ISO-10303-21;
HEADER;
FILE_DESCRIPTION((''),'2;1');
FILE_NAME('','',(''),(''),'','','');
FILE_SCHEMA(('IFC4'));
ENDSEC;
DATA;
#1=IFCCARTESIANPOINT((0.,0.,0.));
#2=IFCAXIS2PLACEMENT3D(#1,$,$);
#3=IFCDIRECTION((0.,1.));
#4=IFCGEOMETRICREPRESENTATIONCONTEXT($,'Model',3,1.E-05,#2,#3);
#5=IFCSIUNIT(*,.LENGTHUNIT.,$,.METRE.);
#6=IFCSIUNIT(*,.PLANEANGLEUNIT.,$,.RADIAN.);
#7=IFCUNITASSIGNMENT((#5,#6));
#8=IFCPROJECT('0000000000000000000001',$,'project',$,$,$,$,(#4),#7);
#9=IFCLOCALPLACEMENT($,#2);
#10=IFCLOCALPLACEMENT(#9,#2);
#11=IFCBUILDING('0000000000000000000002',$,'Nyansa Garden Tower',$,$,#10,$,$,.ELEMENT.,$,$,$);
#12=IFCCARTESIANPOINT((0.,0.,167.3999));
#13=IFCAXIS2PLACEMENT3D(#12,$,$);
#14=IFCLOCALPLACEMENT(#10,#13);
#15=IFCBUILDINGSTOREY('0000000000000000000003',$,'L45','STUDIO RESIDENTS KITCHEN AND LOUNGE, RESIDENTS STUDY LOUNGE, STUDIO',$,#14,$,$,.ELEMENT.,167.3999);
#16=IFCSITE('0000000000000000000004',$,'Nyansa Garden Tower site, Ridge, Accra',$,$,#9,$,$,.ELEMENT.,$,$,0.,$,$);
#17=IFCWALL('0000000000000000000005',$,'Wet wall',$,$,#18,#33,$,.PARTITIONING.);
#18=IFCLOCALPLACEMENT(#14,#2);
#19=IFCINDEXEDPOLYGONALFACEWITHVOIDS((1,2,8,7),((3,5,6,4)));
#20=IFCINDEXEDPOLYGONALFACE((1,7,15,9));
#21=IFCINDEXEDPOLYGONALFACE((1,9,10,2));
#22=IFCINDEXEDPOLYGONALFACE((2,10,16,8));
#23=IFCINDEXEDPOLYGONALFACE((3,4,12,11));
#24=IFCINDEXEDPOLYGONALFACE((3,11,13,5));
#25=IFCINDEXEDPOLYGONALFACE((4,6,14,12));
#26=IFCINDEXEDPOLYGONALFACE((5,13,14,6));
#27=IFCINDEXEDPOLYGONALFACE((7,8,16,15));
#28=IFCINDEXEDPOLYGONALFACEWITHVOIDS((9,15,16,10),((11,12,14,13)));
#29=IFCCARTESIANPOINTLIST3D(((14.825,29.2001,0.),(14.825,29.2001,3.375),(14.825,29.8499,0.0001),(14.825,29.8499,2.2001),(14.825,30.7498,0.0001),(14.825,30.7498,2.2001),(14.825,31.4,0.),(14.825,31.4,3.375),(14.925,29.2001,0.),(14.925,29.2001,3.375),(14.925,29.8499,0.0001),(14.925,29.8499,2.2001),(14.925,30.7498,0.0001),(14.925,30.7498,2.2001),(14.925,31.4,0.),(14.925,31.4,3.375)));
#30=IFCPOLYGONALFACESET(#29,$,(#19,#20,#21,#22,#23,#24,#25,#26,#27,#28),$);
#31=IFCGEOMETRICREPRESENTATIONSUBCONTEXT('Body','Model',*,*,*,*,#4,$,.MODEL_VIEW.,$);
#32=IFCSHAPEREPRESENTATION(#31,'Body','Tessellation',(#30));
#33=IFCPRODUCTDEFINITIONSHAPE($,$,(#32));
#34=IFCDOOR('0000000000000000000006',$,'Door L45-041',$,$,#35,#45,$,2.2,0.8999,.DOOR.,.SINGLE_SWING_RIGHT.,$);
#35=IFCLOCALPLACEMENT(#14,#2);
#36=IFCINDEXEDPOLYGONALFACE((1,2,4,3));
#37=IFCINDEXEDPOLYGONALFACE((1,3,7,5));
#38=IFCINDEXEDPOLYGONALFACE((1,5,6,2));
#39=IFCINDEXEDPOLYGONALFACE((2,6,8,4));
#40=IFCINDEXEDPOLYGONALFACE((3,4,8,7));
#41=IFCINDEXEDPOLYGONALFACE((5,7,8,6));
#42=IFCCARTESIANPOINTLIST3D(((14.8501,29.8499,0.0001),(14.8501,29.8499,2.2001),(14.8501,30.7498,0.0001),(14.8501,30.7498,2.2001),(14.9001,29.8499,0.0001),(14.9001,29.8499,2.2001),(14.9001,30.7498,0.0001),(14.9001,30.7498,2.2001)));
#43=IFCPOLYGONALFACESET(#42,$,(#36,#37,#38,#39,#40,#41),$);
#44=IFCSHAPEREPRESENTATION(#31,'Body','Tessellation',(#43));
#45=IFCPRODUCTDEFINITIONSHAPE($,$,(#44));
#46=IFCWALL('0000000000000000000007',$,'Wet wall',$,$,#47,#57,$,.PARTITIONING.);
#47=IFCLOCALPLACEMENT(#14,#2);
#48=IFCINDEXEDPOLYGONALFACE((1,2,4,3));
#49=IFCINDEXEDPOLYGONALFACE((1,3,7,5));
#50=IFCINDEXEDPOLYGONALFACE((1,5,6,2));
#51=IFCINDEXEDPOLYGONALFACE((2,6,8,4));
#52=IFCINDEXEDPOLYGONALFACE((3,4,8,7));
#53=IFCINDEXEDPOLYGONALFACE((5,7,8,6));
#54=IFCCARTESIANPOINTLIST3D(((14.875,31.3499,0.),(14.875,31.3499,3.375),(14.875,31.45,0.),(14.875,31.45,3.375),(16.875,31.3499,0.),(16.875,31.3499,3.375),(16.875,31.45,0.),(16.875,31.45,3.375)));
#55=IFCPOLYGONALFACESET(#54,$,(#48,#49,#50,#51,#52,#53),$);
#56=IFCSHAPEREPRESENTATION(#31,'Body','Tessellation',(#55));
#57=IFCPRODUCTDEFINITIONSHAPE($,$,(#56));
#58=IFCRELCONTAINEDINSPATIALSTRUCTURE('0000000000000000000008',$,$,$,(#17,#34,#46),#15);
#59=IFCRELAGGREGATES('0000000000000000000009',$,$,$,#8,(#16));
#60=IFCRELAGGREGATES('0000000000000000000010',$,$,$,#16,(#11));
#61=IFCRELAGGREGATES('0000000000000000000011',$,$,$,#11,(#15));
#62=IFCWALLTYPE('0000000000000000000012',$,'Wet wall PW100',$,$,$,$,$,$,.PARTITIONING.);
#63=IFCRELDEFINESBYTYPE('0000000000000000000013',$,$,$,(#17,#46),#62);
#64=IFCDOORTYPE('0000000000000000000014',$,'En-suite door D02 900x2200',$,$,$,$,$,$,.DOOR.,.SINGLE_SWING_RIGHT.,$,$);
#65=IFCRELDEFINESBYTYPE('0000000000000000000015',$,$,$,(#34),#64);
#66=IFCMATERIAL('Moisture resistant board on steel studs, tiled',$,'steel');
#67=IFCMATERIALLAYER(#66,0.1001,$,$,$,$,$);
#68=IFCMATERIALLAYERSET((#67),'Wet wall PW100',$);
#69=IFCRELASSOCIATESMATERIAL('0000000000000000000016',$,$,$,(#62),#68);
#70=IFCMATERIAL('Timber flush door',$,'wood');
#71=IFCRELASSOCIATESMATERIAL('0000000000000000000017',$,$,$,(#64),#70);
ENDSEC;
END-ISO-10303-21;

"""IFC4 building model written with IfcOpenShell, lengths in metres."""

from ifc_helpers import new_model, si_unit, direction, frame, frame_2d, origin, place, context, subcontext, project, spatial, rectangle, extrude, material, layer, layer_set, type_object, element, fill, save


model = new_model("IFC4")

# Units and contexts
model_context = context("Model", 3, precision=1e-05, world=origin(), true_north=direction((0.0, 1.0)))
body_context = subcontext(model_context, "Body", "Model", "MODEL_VIEW")
ifc_project = project(units=[si_unit("LENGTHUNIT", "METRE"), si_unit("PLANEANGLEUNIT", "RADIAN")], contexts=[model_context])

# Site, building, storey
site_placement = place(None, origin())
site = spatial("IfcSite", under=ifc_project, at=site_placement, Name="Nyansa Garden Tower site, Ridge, Accra", CompositionType="ELEMENT", RefElevation=0.0)
building_placement = place(site_placement, origin())
building = spatial("IfcBuilding", under=site, at=building_placement, Name="Nyansa Garden Tower", CompositionType="ELEMENT")
storey_placement = place(building_placement, frame((0.0, 0.0, 167.3999)))
storey = spatial("IfcBuildingStorey", under=building, at=storey_placement, Name="L45", Description="STUDIO RESIDENTS KITCHEN AND LOUNGE, RESIDENTS STUDY LOUNGE, STUDIO", CompositionType="ELEMENT", Elevation=167.3999)

# Shared definitions
ifc_material_1 = material(Name="Moisture resistant board on steel studs, tiled", Category="steel")
ifc_layer_1 = layer(ifc_material_1, 0.1001)
ifc_layer_set_1 = layer_set([ifc_layer_1], Name="Wet wall PW100")
wall_type_1 = type_object("IfcWallType", Name="Wet wall PW100", PredefinedType="PARTITIONING", material=ifc_layer_set_1)

# Wall, opening, door
ifc_material_2 = material(Name="Timber flush door", Category="wood")
door_type_1 = type_object("IfcDoorType", Name="En-suite door D02 900x2200", OperationType="SINGLE_SWING_RIGHT", PredefinedType="DOOR", material=ifc_material_2)
wall_1_placement = place(storey_placement, frame((14.875, 29.2, 0.0), z_axis=(0.0, 0.0, 1.0), x_axis=(0.0, 1.0, 0.0)))
wall_1 = element("IfcWall", 1, at=wall_1_placement, inside=storey, type_object=wall_type_1, Name="Wet wall", PredefinedType="PARTITIONING", context=body_context, shape_type="SweptSolid", body=[
    extrude(rectangle(XDim=2.2, YDim=0.1001, at=frame_2d((1.1001, 0.0))), origin(), (0.0, 0.0, 1.0), 3.375),
])
opening_1_placement = place(wall_1_placement, frame((0.6499, 0.0, 0.0)))
opening_1 = element("IfcOpeningElement", 2, at=opening_1_placement, cuts=wall_1, PredefinedType="OPENING", context=body_context, shape_type="SweptSolid", body=[
    extrude(rectangle(XDim=0.8999, YDim=2.2, at=frame_2d((0.45, 1.1001))), frame((0.0, 0.0601, 0.0), z_axis=(0.0, -1.0, 0.0), x_axis=(1.0, 0.0, 0.0)), (0.0, 0.0, 1.0), 0.1201),
])
door_1_placement = place(opening_1_placement, origin())
door_1 = element("IfcDoor", 3, at=door_1_placement, inside=storey, type_object=door_type_1, Name="Door L45-041", OperationType="SINGLE_SWING_RIGHT", OverallHeight=2.2, OverallWidth=0.8999, PredefinedType="DOOR", context=body_context, shape_type="SweptSolid", body=[
    extrude(rectangle(XDim=0.8999, YDim=2.2, at=frame_2d((0.45, 1.1001))), frame((0.0, 0.0249, 0.0), z_axis=(0.0, -1.0, 0.0), x_axis=(1.0, 0.0, 0.0)), (0.0, 0.0, 1.0), 0.05),
])
fill(opening_1, door_1)

# Wall
wall_2_placement = place(storey_placement, frame((14.875, 31.3999, 0.0), z_axis=(0.0, 0.0, 1.0), x_axis=(1.0, 0.0, 0.0)))
element("IfcWall", 4, at=wall_2_placement, inside=storey, type_object=wall_type_1, Name="Wet wall", PredefinedType="PARTITIONING", context=body_context, shape_type="SweptSolid", body=[
    extrude(rectangle(XDim=2.0, YDim=0.1001, at=frame_2d((1.0, 0.0))), origin(), (0.0, 0.0, 1.0), 3.375),
])

save(model, "model.ifc")
